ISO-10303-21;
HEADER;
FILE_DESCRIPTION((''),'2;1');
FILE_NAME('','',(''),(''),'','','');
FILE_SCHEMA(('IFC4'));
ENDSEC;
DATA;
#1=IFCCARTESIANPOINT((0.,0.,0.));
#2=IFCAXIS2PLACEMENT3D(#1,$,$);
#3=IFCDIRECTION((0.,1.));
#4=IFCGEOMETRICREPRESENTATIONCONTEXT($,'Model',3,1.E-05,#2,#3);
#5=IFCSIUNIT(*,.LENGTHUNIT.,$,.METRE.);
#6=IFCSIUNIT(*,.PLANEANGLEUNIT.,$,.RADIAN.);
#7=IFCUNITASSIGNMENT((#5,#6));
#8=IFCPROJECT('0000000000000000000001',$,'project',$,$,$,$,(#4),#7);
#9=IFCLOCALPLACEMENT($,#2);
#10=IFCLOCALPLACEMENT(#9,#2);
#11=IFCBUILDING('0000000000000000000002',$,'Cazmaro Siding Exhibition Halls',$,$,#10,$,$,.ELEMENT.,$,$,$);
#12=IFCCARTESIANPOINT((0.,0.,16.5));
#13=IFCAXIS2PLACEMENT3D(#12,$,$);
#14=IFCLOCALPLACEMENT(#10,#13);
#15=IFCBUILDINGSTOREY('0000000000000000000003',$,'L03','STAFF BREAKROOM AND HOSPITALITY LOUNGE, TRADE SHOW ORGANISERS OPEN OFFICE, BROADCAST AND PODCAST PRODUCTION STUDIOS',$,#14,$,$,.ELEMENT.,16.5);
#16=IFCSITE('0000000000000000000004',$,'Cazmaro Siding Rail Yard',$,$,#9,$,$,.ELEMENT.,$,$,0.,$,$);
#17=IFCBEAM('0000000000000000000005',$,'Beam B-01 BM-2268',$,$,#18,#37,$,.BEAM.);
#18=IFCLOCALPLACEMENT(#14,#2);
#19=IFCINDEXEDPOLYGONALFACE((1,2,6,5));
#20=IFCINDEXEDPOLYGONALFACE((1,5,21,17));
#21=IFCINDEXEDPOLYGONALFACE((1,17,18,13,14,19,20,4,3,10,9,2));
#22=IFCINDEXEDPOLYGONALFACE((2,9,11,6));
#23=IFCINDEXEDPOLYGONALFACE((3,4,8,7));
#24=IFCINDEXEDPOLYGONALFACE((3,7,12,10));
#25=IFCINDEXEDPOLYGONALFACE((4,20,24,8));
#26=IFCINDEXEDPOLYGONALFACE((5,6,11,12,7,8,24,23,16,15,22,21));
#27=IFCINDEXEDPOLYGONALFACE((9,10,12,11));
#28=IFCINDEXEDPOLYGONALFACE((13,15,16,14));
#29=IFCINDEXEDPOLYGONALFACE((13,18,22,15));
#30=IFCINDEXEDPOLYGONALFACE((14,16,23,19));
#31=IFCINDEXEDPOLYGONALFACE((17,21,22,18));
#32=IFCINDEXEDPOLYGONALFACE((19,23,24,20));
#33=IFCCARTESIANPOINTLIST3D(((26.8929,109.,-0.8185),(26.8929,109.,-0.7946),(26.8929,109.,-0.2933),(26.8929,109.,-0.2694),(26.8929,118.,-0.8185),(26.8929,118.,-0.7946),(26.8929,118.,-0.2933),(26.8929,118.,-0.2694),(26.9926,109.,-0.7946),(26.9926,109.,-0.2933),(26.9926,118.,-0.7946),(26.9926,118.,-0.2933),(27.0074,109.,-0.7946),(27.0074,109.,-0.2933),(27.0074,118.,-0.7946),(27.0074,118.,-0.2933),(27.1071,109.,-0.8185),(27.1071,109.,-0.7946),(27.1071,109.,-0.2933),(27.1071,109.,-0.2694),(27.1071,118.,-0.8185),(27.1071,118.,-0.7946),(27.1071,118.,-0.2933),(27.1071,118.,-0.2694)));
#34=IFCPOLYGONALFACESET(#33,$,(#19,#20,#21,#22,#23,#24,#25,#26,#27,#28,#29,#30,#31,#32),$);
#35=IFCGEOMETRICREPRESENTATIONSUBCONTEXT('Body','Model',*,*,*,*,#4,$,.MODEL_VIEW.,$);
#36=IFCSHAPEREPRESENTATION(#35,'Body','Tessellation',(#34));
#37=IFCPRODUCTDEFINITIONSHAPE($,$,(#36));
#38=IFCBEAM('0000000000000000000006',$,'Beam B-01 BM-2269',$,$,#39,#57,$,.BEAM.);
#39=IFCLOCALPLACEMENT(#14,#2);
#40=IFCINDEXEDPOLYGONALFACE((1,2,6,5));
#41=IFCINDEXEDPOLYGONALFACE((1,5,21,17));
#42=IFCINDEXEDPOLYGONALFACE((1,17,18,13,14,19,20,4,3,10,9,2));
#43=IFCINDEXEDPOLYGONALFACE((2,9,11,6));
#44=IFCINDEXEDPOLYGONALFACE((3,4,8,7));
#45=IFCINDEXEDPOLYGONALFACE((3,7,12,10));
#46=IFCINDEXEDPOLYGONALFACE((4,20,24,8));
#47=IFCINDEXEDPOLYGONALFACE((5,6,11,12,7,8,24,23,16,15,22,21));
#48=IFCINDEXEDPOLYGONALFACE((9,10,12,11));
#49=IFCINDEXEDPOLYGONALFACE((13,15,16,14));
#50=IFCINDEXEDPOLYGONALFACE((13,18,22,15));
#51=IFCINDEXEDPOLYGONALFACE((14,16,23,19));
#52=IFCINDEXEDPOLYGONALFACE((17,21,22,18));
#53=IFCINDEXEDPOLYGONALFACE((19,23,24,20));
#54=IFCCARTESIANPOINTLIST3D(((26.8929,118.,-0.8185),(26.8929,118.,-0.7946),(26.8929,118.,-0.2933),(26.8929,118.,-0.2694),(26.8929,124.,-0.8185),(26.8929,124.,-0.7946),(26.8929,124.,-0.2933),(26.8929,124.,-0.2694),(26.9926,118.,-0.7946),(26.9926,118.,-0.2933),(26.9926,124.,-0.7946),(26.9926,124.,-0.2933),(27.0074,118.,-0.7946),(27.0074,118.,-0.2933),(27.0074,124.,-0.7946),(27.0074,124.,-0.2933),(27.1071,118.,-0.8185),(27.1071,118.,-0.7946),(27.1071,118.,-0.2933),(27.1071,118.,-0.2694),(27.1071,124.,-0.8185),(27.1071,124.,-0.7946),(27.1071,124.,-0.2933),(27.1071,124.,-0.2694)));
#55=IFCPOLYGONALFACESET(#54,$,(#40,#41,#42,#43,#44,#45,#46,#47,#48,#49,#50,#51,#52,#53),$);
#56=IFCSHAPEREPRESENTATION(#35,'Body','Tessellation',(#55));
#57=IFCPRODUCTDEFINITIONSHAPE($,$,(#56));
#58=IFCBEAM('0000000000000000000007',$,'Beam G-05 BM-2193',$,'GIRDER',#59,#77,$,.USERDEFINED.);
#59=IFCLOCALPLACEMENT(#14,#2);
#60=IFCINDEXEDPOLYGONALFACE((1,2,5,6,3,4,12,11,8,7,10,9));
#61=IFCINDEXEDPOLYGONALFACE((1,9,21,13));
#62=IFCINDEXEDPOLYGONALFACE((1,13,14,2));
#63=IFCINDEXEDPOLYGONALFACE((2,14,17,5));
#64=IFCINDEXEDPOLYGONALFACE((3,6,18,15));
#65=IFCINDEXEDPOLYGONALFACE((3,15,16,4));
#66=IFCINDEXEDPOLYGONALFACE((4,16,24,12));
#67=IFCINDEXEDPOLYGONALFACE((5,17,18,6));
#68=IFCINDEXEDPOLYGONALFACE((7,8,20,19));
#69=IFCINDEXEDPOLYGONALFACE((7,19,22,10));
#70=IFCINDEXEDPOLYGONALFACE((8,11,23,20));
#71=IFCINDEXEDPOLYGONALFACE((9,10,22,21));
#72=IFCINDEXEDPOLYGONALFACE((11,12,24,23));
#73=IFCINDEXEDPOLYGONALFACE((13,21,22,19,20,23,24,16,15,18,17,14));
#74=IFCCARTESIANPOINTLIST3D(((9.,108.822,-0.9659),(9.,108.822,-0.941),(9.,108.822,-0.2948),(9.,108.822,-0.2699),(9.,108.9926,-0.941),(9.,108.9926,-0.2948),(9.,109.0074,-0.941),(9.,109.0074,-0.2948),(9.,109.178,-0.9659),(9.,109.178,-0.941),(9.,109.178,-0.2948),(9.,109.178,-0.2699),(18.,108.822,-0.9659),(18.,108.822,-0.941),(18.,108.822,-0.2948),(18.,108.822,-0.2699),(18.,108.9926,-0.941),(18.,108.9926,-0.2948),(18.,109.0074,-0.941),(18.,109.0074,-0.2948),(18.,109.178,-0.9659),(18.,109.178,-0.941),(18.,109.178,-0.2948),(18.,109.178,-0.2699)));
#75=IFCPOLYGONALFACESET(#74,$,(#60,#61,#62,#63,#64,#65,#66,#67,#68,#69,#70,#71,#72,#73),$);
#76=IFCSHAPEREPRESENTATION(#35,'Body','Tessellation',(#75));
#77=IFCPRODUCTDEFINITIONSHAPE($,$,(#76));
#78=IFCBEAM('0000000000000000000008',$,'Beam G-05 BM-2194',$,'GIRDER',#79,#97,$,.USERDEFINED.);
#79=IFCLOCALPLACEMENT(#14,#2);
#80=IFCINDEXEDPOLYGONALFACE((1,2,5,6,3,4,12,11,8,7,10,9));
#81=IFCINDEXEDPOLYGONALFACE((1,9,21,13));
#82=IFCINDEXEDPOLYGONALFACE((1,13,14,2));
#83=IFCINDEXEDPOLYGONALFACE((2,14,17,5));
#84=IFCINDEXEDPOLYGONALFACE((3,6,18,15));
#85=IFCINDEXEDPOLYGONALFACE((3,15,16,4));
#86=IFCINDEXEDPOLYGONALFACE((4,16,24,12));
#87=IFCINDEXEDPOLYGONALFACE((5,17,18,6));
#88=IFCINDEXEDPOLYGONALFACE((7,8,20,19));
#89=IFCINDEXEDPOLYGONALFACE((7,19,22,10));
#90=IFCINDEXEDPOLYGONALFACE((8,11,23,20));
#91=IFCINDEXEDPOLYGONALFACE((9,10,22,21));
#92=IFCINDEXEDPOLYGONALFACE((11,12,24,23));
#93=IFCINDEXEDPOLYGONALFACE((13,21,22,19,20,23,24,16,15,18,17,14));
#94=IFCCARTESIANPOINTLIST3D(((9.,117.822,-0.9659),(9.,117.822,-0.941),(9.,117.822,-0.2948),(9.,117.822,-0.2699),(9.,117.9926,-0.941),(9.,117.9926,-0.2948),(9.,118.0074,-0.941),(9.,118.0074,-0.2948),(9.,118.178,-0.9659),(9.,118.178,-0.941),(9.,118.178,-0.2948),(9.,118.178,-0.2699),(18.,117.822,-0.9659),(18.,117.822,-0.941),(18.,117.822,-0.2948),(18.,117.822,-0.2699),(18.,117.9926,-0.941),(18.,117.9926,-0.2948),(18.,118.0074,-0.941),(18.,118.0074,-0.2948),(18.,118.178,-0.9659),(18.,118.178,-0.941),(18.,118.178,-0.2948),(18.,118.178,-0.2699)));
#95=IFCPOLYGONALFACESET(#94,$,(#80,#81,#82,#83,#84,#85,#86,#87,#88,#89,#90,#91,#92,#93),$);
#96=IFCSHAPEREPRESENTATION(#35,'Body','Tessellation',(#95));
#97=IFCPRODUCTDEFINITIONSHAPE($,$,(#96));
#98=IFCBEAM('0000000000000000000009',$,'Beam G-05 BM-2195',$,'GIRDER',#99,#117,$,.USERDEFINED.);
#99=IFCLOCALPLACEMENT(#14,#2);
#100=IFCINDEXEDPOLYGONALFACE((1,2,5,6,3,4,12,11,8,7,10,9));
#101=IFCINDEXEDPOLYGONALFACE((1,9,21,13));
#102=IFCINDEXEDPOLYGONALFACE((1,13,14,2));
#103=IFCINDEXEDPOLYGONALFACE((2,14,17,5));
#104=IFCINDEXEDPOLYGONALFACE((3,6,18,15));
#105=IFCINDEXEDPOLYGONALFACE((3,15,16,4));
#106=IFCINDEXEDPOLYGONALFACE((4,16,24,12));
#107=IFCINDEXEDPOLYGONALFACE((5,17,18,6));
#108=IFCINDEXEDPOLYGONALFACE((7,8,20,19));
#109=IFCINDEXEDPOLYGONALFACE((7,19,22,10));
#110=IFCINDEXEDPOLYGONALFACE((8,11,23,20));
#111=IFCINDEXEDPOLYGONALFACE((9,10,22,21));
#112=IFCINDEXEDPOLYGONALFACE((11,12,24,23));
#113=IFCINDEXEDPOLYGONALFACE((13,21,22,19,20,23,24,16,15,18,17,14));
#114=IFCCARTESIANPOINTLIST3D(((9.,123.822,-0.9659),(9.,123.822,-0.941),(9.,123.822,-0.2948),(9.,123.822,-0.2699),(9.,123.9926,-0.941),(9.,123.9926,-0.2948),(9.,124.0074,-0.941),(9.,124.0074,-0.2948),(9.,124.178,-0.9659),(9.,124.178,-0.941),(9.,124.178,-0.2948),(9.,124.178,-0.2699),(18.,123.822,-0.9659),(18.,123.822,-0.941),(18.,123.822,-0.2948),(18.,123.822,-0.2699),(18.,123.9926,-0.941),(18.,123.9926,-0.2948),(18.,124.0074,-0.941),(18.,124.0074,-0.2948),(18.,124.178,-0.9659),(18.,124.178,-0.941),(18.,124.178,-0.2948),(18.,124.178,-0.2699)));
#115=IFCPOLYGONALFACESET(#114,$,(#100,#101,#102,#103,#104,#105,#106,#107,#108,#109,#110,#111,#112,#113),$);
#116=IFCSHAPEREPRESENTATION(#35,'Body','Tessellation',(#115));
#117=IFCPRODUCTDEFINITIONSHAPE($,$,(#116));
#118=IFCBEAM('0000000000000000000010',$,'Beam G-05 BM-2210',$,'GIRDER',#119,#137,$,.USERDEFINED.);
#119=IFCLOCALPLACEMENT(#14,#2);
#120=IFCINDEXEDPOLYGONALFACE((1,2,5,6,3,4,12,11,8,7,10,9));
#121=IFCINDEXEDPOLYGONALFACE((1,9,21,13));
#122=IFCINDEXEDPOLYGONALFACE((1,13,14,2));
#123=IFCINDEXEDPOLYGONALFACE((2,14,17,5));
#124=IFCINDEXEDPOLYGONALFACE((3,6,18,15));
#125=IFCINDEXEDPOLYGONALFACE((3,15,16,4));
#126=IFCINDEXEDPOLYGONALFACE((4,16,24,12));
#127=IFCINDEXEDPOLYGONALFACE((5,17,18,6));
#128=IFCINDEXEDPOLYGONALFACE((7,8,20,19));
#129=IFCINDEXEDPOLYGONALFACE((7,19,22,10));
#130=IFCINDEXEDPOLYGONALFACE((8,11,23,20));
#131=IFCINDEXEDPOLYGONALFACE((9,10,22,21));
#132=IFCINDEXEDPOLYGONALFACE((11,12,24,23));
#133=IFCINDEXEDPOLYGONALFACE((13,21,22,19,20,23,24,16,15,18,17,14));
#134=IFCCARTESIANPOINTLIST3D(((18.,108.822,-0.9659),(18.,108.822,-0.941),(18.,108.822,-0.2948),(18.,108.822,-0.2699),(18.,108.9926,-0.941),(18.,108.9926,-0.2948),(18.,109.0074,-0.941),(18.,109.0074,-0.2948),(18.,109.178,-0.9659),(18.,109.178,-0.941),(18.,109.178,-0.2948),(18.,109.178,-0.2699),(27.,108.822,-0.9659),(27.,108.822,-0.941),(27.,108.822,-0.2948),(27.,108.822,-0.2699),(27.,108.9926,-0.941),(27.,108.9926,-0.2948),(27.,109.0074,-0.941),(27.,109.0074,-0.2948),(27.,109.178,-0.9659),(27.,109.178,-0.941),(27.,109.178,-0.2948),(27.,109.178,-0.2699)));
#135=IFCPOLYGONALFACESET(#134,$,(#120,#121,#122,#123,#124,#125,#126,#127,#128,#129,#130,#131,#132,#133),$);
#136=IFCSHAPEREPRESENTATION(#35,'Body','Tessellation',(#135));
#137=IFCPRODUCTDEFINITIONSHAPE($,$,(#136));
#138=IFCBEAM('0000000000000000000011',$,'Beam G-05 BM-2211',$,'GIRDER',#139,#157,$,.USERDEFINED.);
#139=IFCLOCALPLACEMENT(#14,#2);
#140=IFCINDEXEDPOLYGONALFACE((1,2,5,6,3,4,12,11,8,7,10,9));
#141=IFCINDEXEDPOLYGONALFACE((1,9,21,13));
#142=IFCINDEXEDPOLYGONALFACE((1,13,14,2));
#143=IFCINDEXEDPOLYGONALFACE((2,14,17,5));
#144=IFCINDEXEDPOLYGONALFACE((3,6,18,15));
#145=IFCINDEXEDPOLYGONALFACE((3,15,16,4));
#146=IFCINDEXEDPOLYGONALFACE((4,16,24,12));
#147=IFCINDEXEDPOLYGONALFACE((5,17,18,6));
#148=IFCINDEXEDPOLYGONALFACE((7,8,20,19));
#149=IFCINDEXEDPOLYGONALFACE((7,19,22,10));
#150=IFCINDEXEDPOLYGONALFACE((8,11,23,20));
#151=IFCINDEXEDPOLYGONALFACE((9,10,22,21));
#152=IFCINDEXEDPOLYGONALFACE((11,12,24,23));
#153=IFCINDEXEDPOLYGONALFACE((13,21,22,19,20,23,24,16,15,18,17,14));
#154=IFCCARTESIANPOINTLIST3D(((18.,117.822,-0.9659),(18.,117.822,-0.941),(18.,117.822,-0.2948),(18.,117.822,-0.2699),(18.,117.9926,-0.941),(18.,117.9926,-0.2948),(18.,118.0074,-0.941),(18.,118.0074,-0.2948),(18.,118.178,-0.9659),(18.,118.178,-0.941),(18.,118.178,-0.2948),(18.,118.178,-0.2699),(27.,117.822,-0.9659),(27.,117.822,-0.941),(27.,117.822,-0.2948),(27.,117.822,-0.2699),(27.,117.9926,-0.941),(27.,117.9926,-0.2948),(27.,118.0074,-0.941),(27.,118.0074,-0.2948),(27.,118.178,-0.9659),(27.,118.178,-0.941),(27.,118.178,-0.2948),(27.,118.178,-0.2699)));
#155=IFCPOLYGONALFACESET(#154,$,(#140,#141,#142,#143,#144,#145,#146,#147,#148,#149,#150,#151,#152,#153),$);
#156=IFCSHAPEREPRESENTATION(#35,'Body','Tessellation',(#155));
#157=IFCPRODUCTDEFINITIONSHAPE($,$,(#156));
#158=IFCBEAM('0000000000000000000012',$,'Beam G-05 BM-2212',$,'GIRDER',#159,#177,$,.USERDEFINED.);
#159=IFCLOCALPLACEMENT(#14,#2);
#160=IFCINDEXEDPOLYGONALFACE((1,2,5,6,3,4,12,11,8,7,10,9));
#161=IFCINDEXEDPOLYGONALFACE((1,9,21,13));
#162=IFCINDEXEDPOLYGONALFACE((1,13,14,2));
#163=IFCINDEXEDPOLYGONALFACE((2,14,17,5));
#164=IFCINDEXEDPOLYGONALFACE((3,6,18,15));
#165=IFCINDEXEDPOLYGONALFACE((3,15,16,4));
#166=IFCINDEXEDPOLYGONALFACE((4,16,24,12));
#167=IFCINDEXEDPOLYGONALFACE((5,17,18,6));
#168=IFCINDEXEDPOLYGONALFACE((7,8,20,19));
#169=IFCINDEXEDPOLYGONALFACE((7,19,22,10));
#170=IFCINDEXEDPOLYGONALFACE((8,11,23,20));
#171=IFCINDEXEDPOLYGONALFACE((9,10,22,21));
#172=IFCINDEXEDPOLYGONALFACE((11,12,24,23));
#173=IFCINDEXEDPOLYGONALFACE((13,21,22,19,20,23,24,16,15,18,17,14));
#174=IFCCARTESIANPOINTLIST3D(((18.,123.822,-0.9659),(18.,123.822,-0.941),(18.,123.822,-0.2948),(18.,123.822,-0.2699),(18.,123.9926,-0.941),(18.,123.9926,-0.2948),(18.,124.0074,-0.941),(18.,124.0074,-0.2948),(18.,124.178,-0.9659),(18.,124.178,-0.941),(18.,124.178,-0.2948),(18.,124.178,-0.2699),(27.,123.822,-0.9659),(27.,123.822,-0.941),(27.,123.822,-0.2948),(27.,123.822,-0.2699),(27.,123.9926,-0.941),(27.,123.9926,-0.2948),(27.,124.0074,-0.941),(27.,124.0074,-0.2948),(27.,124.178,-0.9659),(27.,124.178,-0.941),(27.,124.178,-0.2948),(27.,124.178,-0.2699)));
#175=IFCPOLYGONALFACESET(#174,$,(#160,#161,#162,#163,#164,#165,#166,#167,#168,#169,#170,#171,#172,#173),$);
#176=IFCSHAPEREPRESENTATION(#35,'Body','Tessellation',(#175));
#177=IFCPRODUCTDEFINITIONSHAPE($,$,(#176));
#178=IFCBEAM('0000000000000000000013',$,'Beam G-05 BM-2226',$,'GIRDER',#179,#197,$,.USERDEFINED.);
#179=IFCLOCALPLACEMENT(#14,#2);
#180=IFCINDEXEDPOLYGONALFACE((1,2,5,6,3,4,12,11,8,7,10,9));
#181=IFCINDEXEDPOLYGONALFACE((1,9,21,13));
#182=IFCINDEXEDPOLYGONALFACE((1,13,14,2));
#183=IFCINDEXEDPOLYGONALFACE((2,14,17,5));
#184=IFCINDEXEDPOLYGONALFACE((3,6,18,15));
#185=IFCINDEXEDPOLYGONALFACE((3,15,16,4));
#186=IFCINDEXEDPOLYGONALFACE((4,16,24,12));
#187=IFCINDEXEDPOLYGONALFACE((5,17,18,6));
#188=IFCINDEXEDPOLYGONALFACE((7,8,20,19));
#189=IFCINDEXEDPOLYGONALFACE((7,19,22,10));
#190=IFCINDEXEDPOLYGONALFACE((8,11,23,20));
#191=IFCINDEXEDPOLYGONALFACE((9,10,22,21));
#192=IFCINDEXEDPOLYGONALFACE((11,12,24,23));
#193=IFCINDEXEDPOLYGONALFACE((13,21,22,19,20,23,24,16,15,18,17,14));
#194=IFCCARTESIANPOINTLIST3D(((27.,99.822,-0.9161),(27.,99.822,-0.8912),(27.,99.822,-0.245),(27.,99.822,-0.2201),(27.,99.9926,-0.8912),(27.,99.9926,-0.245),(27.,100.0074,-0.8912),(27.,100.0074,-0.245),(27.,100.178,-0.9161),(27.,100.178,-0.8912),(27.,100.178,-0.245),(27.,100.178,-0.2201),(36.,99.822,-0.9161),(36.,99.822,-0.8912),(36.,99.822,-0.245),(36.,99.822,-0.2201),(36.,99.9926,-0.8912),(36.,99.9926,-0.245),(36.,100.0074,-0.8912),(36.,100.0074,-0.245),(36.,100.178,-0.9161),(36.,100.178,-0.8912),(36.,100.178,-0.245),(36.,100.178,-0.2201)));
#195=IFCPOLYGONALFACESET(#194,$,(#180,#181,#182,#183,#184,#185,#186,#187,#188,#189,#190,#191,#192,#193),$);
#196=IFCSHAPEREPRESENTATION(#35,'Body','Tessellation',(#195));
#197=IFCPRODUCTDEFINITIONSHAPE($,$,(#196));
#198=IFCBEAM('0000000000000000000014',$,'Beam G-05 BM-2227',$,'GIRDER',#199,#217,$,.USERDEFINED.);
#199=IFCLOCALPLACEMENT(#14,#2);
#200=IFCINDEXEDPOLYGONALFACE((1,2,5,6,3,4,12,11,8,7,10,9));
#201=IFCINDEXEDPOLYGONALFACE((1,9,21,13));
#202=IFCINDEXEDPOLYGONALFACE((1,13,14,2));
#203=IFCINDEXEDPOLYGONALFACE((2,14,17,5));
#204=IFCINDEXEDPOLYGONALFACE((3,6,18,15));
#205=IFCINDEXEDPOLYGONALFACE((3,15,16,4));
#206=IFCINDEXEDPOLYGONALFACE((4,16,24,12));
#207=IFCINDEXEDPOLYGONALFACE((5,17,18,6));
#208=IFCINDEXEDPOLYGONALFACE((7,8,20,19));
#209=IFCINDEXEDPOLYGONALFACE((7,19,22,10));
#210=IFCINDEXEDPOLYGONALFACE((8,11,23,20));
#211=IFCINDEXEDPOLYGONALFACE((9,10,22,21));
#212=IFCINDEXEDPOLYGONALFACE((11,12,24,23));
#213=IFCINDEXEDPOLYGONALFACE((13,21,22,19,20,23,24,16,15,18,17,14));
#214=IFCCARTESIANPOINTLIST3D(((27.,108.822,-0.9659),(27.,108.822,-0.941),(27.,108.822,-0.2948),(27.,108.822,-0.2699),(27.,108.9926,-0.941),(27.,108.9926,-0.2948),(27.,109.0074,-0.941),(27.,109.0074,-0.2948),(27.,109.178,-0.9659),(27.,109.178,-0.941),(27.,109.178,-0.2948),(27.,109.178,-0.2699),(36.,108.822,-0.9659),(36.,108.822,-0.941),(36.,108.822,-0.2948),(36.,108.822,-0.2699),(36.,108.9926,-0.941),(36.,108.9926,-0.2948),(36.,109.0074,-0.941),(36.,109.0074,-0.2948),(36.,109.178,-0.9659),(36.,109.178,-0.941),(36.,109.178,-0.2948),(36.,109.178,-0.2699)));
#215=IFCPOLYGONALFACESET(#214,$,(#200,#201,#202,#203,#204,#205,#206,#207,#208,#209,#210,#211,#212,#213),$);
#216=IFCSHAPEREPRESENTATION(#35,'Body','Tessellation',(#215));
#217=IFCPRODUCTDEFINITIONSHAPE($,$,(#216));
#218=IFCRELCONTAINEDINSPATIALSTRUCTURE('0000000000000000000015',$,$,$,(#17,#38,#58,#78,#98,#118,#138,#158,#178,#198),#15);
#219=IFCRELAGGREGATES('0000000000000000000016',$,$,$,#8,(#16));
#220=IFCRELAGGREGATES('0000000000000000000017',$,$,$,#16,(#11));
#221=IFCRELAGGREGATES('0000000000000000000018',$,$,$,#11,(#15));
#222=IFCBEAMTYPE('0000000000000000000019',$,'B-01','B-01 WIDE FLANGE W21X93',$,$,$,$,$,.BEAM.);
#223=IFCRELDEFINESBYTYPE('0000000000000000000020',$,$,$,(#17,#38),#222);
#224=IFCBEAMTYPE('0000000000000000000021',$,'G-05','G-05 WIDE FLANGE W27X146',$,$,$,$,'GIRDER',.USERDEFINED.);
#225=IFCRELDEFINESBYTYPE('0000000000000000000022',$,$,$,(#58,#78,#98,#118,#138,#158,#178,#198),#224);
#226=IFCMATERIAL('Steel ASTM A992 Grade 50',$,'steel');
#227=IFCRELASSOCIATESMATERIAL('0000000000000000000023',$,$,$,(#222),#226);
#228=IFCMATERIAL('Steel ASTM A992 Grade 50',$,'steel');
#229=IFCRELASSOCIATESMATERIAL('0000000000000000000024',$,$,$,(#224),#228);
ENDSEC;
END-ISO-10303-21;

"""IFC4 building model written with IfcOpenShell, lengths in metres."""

from ifc_helpers import new_model, si_unit, direction, frame, origin, origin_2d, place, context, subcontext, project, spatial, i_section, extrude, material, material_profile, profile_set, type_object, element, save


model = new_model("IFC4")

# Units and contexts
model_context = context("Model", 3, precision=1e-05, world=origin(), true_north=direction((0.0, 1.0)))
body_context = subcontext(model_context, "Body", "Model", "MODEL_VIEW")
ifc_project = project(units=[si_unit("LENGTHUNIT", "METRE"), si_unit("PLANEANGLEUNIT", "RADIAN")], contexts=[model_context])

# Site, building, storey
site_placement = place(None, origin())
site = spatial("IfcSite", under=ifc_project, at=site_placement, Name="Cazmaro Siding Rail Yard", CompositionType="ELEMENT", RefElevation=0.0)
building_placement = place(site_placement, origin())
building = spatial("IfcBuilding", under=site, at=building_placement, Name="Cazmaro Siding Exhibition Halls", CompositionType="ELEMENT")
storey_placement = place(building_placement, frame((0.0, 0.0, 16.5)))
storey = spatial("IfcBuildingStorey", under=building, at=storey_placement, Name="L03", Description="STAFF BREAKROOM AND HOSPITALITY LOUNGE, TRADE SHOW ORGANISERS OPEN OFFICE, BROADCAST AND PODCAST PRODUCTION STUDIOS", CompositionType="ELEMENT", Elevation=16.5)

# Beams
ifc_material_1 = material(Name="Steel ASTM A992 Grade 50", Category="steel")
ifc_material_profile_1 = material_profile(ifc_material_1, i_section(OverallWidth=0.2141, OverallDepth=0.5491, WebThickness=0.0149, FlangeThickness=0.0239, at=origin_2d()), Name="W21X93")
ifc_profile_set_1 = profile_set([ifc_material_profile_1], Name="Steel ASTM A992 Grade 50")
beam_type_1 = type_object("IfcBeamType", Name="B-01", Description="B-01 WIDE FLANGE W21X93", PredefinedType="BEAM", material=ifc_profile_set_1)
for number, where, z_axis, x_axis, name in (
    (1, (27.0, 109.0, -0.5439), (0.0, 1.0, 0.0), (-1.0, 0.0, 0.0), "Beam B-01 BM-2268"),
):
    element("IfcBeam", number, at=place(storey_placement, frame(where, z_axis=z_axis, x_axis=x_axis)), inside=storey, type_object=beam_type_1, Name=name, PredefinedType="BEAM", context=body_context, shape_type="SweptSolid", body=[
        extrude(i_section(OverallWidth=0.2141, OverallDepth=0.5491, WebThickness=0.0149, FlangeThickness=0.0239, at=origin_2d()), origin(), (0.0, 0.0, 1.0), 9.0),
    ])
beam_1_placement = place(storey_placement, frame((27.0, 118.0, -0.5439), z_axis=(0.0, 1.0, 0.0), x_axis=(-1.0, 0.0, 0.0)))
element("IfcBeam", 2, at=beam_1_placement, inside=storey, type_object=beam_type_1, Name="Beam B-01 BM-2269", PredefinedType="BEAM", context=body_context, shape_type="SweptSolid", body=[
    extrude(i_section(OverallWidth=0.2141, OverallDepth=0.5491, WebThickness=0.0149, FlangeThickness=0.0239, at=origin_2d()), origin(), (0.0, 0.0, 1.0), 6.0),
])
ifc_material_2 = material(Name="Steel ASTM A992 Grade 50", Category="steel")
ifc_material_profile_2 = material_profile(ifc_material_2, i_section(OverallWidth=0.356, OverallDepth=0.696, WebThickness=0.0149, FlangeThickness=0.0249, at=origin_2d()), Name="W27X146")
ifc_profile_set_2 = profile_set([ifc_material_profile_2], Name="Steel ASTM A992 Grade 50")
beam_type_2 = type_object("IfcBeamType", Name="G-05", Description="G-05 WIDE FLANGE W27X146", ElementType="GIRDER", PredefinedType="USERDEFINED", material=ifc_profile_set_2)
for number, where, z_axis, x_axis, name in (
    (3, (9.0, 109.0, -0.6179), (1.0, 0.0, 0.0), (0.0, 1.0, 0.0), "Beam G-05 BM-2193"),
    (4, (9.0, 118.0, -0.6179), (1.0, 0.0, 0.0), (0.0, 1.0, 0.0), "Beam G-05 BM-2194"),
    (5, (9.0, 124.0, -0.6179), (1.0, 0.0, 0.0), (0.0, 1.0, 0.0), "Beam G-05 BM-2195"),
    (6, (18.0, 109.0, -0.6179), (1.0, 0.0, 0.0), (0.0, 1.0, 0.0), "Beam G-05 BM-2210"),
    (7, (18.0, 118.0, -0.6179), (1.0, 0.0, 0.0), (0.0, 1.0, 0.0), "Beam G-05 BM-2211"),
    (8, (18.0, 124.0, -0.6179), (1.0, 0.0, 0.0), (0.0, 1.0, 0.0), "Beam G-05 BM-2212"),
    (9, (27.0, 100.0, -0.5681), (1.0, 0.0, 0.0), (0.0, 1.0, 0.0), "Beam G-05 BM-2226"),
    (10, (27.0, 109.0, -0.6179), (1.0, 0.0, 0.0), (0.0, 1.0, 0.0), "Beam G-05 BM-2227"),
):
    element("IfcBeam", number, at=place(storey_placement, frame(where, z_axis=z_axis, x_axis=x_axis)), inside=storey, type_object=beam_type_2, Name=name, ObjectType="GIRDER", PredefinedType="USERDEFINED", context=body_context, shape_type="SweptSolid", body=[
        extrude(i_section(OverallWidth=0.356, OverallDepth=0.696, WebThickness=0.0149, FlangeThickness=0.0249, at=origin_2d()), origin(), (0.0, 0.0, 1.0), 9.0),
    ])

save(model, "model.ifc")
